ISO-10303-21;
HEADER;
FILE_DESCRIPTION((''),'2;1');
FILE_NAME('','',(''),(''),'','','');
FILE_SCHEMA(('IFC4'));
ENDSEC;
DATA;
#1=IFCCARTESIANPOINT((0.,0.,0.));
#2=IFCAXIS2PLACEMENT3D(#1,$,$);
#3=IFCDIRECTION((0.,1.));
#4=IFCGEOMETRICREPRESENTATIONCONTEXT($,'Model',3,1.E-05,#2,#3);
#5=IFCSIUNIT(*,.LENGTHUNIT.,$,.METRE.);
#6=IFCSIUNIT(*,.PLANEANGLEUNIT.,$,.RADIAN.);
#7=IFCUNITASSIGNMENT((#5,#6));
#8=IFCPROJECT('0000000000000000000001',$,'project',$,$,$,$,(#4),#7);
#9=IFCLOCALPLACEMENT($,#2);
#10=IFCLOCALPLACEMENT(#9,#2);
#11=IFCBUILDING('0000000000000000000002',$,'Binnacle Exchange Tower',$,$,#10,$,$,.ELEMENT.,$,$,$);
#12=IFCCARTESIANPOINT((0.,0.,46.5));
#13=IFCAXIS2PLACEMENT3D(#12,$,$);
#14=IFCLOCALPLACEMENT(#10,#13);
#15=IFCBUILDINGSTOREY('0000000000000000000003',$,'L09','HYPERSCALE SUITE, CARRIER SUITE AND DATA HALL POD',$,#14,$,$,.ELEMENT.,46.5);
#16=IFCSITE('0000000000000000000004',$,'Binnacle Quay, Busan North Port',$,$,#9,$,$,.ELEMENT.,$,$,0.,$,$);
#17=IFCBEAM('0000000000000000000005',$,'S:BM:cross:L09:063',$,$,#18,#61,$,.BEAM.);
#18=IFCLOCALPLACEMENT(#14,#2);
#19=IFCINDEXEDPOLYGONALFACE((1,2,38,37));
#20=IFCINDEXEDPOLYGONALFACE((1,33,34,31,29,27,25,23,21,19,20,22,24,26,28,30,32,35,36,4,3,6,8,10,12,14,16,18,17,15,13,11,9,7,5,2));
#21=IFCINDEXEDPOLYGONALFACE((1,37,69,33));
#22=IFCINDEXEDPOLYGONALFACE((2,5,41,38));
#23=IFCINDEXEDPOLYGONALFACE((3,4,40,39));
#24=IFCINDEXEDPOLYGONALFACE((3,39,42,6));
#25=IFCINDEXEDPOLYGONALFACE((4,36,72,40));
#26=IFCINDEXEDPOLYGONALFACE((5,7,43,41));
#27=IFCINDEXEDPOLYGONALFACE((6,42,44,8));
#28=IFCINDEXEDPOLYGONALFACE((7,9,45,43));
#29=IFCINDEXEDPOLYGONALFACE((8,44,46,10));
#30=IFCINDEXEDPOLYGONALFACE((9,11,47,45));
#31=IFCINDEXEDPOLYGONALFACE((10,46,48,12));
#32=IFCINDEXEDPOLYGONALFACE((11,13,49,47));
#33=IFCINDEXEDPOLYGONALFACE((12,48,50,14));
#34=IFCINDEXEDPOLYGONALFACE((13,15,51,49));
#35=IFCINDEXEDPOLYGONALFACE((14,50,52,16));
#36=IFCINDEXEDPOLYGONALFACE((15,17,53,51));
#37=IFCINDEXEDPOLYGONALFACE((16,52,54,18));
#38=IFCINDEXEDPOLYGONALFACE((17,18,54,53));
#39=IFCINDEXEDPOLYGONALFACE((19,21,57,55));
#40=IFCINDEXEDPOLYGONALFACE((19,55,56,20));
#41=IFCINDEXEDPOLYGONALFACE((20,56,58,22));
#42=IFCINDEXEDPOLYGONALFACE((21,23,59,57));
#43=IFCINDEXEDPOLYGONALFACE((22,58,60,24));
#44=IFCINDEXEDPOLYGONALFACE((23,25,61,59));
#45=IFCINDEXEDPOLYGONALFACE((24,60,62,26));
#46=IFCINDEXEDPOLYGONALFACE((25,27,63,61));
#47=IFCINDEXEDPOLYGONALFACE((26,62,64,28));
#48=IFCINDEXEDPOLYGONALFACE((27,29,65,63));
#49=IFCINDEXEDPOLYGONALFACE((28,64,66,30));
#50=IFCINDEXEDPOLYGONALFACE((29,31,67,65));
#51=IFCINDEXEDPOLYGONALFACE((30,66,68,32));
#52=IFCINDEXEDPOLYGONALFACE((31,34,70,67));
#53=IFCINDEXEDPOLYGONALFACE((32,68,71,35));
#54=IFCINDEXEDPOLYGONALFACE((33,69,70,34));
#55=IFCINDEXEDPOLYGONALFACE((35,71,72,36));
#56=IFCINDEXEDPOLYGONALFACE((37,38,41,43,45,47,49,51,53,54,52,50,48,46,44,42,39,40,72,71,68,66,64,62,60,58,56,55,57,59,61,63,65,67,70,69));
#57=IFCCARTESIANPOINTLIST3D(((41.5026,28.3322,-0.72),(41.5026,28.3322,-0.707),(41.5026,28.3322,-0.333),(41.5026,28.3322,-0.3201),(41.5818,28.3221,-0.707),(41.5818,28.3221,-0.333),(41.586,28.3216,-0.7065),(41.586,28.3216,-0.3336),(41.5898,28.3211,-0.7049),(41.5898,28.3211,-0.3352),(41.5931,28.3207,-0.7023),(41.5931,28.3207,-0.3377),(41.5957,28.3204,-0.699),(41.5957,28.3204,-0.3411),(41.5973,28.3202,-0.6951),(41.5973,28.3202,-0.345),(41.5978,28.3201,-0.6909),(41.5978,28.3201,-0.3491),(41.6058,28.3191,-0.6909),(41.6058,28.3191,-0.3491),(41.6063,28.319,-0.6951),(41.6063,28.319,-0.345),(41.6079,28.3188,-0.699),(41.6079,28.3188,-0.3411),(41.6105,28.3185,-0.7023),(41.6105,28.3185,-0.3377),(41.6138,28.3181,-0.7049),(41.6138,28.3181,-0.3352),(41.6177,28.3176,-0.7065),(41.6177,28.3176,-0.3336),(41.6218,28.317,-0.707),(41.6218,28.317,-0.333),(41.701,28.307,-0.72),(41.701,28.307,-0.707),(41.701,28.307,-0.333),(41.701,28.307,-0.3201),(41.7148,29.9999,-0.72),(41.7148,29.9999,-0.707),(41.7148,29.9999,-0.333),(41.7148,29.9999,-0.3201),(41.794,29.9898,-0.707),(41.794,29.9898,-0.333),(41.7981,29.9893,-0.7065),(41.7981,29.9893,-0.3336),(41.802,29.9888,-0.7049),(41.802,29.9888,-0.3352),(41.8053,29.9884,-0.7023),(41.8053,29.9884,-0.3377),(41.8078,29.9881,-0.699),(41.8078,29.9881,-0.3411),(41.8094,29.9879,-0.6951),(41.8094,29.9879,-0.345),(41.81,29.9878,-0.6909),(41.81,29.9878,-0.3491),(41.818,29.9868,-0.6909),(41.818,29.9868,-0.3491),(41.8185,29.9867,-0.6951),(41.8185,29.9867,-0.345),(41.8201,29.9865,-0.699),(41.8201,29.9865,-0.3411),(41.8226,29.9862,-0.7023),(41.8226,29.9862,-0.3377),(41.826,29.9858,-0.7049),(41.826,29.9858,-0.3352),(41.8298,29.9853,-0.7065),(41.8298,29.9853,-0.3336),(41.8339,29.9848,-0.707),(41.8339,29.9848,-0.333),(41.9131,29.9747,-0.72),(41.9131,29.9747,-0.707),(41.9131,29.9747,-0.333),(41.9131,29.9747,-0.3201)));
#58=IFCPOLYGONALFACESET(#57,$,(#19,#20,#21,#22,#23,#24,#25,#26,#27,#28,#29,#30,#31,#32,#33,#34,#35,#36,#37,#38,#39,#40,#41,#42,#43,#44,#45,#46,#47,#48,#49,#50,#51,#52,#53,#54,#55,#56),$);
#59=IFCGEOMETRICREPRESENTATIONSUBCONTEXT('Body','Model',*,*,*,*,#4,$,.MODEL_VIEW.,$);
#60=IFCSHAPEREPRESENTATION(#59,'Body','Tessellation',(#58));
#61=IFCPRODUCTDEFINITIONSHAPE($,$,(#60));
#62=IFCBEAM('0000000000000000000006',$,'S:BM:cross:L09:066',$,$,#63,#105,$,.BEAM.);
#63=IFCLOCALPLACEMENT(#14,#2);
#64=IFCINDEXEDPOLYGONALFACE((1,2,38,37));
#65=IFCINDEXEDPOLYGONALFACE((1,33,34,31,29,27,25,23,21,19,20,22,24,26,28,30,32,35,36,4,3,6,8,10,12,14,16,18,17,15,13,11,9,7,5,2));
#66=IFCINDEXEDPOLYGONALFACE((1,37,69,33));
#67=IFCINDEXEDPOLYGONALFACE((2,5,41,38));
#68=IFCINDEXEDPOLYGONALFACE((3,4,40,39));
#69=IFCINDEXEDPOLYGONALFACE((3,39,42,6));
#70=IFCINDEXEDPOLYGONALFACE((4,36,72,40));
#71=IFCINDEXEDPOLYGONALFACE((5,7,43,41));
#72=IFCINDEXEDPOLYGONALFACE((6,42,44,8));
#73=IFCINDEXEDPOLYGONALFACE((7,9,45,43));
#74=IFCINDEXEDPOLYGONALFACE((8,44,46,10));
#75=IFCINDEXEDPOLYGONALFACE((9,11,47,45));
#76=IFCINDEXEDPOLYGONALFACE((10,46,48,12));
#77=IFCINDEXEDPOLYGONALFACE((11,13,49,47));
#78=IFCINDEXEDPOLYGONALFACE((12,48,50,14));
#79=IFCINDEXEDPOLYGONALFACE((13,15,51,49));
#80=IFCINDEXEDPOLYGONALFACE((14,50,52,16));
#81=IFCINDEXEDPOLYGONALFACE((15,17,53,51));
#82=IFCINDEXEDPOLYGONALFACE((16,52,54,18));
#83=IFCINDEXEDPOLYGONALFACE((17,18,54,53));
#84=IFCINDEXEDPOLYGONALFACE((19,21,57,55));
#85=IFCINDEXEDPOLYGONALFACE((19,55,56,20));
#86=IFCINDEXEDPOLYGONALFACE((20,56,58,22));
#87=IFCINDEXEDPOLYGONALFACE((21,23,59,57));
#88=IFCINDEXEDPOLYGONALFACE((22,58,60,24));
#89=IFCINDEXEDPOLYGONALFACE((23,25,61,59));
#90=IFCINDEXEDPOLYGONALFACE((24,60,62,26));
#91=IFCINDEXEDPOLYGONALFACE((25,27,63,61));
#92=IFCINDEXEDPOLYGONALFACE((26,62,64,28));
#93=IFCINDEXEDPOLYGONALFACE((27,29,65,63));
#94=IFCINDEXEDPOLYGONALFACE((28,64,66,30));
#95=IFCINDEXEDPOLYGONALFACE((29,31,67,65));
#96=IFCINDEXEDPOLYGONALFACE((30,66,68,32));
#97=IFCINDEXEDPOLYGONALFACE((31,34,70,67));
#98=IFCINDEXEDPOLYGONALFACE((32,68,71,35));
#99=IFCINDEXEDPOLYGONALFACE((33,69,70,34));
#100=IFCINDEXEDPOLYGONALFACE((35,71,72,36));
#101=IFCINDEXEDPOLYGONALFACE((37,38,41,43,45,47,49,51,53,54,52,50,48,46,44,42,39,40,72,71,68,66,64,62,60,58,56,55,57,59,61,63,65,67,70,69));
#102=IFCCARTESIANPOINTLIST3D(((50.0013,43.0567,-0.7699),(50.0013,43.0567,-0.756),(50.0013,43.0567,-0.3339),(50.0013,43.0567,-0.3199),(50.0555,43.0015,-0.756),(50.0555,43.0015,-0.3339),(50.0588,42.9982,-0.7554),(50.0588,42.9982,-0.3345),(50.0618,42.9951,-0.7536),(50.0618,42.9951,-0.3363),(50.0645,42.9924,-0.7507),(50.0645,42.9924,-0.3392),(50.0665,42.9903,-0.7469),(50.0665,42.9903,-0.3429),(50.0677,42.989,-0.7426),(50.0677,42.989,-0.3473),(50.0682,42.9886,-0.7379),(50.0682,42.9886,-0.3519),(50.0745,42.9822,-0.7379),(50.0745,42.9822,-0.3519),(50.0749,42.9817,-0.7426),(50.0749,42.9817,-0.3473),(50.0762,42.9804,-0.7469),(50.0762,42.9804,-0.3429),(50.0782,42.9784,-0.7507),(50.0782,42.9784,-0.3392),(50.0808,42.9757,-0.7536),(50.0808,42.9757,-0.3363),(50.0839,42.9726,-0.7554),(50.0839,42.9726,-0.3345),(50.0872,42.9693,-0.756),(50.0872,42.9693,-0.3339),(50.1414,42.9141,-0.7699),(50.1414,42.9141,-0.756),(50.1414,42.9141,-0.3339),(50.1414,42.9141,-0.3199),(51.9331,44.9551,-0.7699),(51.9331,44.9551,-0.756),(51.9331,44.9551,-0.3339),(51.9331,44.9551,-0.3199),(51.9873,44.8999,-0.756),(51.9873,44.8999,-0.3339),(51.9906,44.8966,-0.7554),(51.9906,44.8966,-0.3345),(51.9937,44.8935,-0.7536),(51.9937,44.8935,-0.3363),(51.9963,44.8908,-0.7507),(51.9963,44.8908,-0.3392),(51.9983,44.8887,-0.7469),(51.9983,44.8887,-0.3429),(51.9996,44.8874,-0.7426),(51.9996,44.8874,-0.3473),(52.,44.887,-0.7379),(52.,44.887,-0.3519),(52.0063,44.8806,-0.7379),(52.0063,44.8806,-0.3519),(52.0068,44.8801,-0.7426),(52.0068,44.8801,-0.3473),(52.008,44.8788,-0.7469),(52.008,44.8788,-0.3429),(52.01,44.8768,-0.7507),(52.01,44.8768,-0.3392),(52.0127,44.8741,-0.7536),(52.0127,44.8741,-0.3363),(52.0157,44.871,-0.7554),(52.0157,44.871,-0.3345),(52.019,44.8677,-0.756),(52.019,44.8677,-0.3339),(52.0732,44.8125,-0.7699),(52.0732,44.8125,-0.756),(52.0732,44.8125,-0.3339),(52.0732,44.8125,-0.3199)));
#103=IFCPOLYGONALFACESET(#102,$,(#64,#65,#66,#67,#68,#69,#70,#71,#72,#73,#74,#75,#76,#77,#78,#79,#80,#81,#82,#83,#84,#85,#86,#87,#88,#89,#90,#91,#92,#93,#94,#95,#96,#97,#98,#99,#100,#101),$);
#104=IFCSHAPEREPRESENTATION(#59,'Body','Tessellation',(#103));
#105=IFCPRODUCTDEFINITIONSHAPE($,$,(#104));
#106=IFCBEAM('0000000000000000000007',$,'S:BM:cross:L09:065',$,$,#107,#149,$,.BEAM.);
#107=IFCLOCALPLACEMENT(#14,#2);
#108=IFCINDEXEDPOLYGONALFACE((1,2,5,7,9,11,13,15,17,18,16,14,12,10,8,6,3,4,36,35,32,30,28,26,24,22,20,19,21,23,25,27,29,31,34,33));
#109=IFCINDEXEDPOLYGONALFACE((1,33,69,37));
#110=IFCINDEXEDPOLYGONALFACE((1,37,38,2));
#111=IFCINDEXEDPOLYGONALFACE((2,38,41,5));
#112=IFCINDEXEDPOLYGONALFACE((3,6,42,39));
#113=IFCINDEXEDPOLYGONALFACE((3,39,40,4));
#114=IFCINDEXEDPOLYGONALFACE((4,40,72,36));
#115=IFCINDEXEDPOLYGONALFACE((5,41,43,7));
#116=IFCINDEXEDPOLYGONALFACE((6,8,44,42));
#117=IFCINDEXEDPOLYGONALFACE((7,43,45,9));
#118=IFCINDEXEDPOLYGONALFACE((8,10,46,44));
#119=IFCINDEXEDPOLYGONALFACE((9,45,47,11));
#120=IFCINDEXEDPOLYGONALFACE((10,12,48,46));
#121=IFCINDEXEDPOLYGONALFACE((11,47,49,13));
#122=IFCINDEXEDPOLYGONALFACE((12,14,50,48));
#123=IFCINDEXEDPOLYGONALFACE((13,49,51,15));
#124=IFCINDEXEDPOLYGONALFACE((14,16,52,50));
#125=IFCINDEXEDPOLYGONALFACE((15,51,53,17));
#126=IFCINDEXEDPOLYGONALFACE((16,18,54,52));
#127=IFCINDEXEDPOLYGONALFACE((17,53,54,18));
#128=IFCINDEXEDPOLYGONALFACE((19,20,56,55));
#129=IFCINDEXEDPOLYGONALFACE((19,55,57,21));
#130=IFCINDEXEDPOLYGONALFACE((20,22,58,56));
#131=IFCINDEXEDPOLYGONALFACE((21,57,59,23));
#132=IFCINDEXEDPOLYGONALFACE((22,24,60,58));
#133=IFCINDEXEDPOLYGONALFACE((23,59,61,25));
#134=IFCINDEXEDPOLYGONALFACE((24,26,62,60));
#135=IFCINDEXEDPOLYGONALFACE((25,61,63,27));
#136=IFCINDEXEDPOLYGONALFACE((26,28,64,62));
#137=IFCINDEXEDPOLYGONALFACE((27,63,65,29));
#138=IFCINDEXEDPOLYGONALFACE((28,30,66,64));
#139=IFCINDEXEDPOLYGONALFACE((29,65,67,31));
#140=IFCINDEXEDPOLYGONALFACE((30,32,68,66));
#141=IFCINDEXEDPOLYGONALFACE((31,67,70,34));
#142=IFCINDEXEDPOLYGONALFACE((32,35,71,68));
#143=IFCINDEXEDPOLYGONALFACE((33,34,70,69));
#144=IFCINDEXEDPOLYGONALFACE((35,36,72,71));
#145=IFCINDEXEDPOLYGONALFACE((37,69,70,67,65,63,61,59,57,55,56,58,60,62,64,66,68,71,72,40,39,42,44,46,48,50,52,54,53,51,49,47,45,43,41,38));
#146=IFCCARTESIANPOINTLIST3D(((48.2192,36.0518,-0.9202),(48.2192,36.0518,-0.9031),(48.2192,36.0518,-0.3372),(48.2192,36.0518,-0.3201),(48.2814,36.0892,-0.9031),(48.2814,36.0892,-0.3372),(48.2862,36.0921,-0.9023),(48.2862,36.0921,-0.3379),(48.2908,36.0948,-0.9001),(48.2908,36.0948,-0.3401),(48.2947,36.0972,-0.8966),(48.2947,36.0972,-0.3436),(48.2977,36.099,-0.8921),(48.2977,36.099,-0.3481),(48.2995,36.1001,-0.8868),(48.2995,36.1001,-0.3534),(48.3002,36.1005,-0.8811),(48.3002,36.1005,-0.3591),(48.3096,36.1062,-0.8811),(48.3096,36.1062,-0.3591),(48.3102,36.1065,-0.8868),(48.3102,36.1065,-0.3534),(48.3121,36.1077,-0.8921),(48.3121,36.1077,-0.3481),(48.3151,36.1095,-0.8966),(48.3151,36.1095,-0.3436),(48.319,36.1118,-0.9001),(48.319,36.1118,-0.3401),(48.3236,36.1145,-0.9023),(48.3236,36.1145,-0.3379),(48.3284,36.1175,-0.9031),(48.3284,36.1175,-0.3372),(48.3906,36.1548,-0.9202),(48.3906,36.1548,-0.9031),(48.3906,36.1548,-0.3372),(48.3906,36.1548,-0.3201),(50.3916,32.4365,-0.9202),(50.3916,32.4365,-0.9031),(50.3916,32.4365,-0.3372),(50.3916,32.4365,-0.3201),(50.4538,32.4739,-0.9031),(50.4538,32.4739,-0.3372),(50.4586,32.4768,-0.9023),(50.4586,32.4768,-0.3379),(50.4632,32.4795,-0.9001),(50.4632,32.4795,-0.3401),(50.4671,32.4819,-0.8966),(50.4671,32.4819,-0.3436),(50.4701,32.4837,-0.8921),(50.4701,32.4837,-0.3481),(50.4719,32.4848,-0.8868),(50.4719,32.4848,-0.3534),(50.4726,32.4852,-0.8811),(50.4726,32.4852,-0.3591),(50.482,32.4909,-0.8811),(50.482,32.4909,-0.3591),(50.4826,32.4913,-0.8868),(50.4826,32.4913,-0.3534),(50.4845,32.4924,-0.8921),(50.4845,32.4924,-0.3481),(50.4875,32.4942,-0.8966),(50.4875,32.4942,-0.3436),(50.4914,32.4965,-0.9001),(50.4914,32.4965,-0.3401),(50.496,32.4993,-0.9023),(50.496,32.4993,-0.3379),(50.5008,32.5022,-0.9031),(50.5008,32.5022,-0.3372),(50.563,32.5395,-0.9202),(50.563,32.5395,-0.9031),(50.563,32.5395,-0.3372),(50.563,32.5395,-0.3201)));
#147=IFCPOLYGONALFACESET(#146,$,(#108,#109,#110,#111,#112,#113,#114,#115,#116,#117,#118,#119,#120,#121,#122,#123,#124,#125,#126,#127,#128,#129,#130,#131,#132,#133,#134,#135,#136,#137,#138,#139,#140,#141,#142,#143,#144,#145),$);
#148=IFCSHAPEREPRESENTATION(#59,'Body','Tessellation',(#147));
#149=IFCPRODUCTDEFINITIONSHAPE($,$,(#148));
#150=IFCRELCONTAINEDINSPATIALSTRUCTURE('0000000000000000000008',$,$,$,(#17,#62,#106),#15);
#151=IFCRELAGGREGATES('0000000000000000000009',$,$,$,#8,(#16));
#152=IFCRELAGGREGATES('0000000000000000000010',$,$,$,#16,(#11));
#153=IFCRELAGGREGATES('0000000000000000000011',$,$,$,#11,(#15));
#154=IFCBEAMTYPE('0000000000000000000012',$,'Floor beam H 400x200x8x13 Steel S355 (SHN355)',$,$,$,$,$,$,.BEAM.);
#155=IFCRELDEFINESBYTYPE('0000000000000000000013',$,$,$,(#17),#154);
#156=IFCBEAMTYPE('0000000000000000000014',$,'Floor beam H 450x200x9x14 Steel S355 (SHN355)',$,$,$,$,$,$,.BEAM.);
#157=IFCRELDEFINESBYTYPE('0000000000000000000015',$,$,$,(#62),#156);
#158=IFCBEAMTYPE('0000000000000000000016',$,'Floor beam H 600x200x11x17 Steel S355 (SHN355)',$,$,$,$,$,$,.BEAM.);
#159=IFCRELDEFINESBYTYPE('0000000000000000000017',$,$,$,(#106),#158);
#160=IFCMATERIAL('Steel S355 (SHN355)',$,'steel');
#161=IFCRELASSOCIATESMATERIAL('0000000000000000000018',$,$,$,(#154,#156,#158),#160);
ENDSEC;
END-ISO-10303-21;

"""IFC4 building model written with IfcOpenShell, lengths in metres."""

from ifc_helpers import new_model, si_unit, direction, frame, origin, origin_2d, place, context, subcontext, project, spatial, i_section, extrude, material, material_profile, profile_set, type_object, element, save


model = new_model("IFC4")

# Units and contexts
model_context = context("Model", 3, precision=1e-05, world=origin(), true_north=direction((0.0, 1.0)))
body_context = subcontext(model_context, "Body", "Model", "MODEL_VIEW")
ifc_project = project(units=[si_unit("LENGTHUNIT", "METRE"), si_unit("PLANEANGLEUNIT", "RADIAN")], contexts=[model_context])

# Site, building, storey
site_placement = place(None, origin())
site = spatial("IfcSite", under=ifc_project, at=site_placement, Name="Binnacle Quay, Busan North Port", CompositionType="ELEMENT", RefElevation=0.0)
building_placement = place(site_placement, origin())
building = spatial("IfcBuilding", under=site, at=building_placement, Name="Binnacle Exchange Tower", CompositionType="ELEMENT")
storey_placement = place(building_placement, frame((0.0, 0.0, 46.5)))
storey = spatial("IfcBuildingStorey", under=building, at=storey_placement, Name="L09", Description="HYPERSCALE SUITE, CARRIER SUITE AND DATA HALL POD", CompositionType="ELEMENT", Elevation=46.5)

# Beams
ifc_material_1 = material(Name="Steel S355 (SHN355)", Category="steel")
ifc_material_profile_1 = material_profile(ifc_material_1, i_section(OverallWidth=0.2, OverallDepth=0.3999, WebThickness=0.0081, FlangeThickness=0.0129, FilletRadius=0.0161, at=origin_2d()), Name="H 400x200x8x13")
ifc_profile_set_1 = profile_set([ifc_material_profile_1], Name="Steel S355 (SHN355)")
beam_type_1 = type_object("IfcBeamType", Name="Floor beam H 400x200x8x13 Steel S355 (SHN355)", PredefinedType="BEAM", material=ifc_profile_set_1)
beam_1_placement = place(storey_placement, frame((41.6018, 28.3196, -0.52), z_axis=(0.126197, 0.992005, 0.0), x_axis=(-0.992005, 0.126197, 0.0)))
element("IfcBeam", 1, at=beam_1_placement, inside=storey, type_object=beam_type_1, Name="S:BM:cross:L09:063", PredefinedType="BEAM", context=body_context, shape_type="SweptSolid", body=[
    extrude(i_section(OverallWidth=0.2, OverallDepth=0.3999, WebThickness=0.0081, FlangeThickness=0.0129, FilletRadius=0.0161, at=origin_2d()), origin(), (0.0, 0.0, 1.0), 1.6812),
])
ifc_material_profile_2 = material_profile(ifc_material_1, i_section(OverallWidth=0.2, OverallDepth=0.45, WebThickness=0.009, FlangeThickness=0.0139, FilletRadius=0.0181, at=origin_2d()), Name="H 450x200x9x14")
ifc_profile_set_2 = profile_set([ifc_material_profile_2], Name="Steel S355 (SHN355)")
beam_type_2 = type_object("IfcBeamType", Name="Floor beam H 450x200x9x14 Steel S355 (SHN355)", PredefinedType="BEAM", material=ifc_profile_set_2)
beam_2_placement = place(storey_placement, frame((52.0032, 44.8838, -0.5449), z_axis=(-0.713254, -0.700905, 0.0), x_axis=(0.700905, -0.713254, 0.0)))
element("IfcBeam", 2, at=beam_2_placement, inside=storey, type_object=beam_type_2, Name="S:BM:cross:L09:066", PredefinedType="BEAM", context=body_context, shape_type="SweptSolid", body=[
    extrude(i_section(OverallWidth=0.2, OverallDepth=0.45, WebThickness=0.009, FlangeThickness=0.0139, FilletRadius=0.0181, at=origin_2d()), origin(), (0.0, 0.0, 1.0), 2.7085),
])
ifc_material_profile_3 = material_profile(ifc_material_1, i_section(OverallWidth=0.2, OverallDepth=0.6001, WebThickness=0.011, FlangeThickness=0.0171, FilletRadius=0.022, at=origin_2d()), Name="H 600x200x11x17")
ifc_profile_set_3 = profile_set([ifc_material_profile_3], Name="Steel S355 (SHN355)")
beam_type_3 = type_object("IfcBeamType", Name="Floor beam H 600x200x11x17 Steel S355 (SHN355)", PredefinedType="BEAM", material=ifc_profile_set_3)
beam_3_placement = place(storey_placement, frame((50.4773, 32.488, -0.6201), z_axis=(-0.515057, 0.857156, 0.0), x_axis=(-0.857156, -0.515057, 0.0)))
element("IfcBeam", 3, at=beam_3_placement, inside=storey, type_object=beam_type_3, Name="S:BM:cross:L09:065", PredefinedType="BEAM", context=body_context, shape_type="SweptSolid", body=[
    extrude(i_section(OverallWidth=0.2, OverallDepth=0.6001, WebThickness=0.011, FlangeThickness=0.0171, FilletRadius=0.022, at=origin_2d()), origin(), (0.0, 0.0, 1.0), 4.2178),
])

save(model, "model.ifc")
